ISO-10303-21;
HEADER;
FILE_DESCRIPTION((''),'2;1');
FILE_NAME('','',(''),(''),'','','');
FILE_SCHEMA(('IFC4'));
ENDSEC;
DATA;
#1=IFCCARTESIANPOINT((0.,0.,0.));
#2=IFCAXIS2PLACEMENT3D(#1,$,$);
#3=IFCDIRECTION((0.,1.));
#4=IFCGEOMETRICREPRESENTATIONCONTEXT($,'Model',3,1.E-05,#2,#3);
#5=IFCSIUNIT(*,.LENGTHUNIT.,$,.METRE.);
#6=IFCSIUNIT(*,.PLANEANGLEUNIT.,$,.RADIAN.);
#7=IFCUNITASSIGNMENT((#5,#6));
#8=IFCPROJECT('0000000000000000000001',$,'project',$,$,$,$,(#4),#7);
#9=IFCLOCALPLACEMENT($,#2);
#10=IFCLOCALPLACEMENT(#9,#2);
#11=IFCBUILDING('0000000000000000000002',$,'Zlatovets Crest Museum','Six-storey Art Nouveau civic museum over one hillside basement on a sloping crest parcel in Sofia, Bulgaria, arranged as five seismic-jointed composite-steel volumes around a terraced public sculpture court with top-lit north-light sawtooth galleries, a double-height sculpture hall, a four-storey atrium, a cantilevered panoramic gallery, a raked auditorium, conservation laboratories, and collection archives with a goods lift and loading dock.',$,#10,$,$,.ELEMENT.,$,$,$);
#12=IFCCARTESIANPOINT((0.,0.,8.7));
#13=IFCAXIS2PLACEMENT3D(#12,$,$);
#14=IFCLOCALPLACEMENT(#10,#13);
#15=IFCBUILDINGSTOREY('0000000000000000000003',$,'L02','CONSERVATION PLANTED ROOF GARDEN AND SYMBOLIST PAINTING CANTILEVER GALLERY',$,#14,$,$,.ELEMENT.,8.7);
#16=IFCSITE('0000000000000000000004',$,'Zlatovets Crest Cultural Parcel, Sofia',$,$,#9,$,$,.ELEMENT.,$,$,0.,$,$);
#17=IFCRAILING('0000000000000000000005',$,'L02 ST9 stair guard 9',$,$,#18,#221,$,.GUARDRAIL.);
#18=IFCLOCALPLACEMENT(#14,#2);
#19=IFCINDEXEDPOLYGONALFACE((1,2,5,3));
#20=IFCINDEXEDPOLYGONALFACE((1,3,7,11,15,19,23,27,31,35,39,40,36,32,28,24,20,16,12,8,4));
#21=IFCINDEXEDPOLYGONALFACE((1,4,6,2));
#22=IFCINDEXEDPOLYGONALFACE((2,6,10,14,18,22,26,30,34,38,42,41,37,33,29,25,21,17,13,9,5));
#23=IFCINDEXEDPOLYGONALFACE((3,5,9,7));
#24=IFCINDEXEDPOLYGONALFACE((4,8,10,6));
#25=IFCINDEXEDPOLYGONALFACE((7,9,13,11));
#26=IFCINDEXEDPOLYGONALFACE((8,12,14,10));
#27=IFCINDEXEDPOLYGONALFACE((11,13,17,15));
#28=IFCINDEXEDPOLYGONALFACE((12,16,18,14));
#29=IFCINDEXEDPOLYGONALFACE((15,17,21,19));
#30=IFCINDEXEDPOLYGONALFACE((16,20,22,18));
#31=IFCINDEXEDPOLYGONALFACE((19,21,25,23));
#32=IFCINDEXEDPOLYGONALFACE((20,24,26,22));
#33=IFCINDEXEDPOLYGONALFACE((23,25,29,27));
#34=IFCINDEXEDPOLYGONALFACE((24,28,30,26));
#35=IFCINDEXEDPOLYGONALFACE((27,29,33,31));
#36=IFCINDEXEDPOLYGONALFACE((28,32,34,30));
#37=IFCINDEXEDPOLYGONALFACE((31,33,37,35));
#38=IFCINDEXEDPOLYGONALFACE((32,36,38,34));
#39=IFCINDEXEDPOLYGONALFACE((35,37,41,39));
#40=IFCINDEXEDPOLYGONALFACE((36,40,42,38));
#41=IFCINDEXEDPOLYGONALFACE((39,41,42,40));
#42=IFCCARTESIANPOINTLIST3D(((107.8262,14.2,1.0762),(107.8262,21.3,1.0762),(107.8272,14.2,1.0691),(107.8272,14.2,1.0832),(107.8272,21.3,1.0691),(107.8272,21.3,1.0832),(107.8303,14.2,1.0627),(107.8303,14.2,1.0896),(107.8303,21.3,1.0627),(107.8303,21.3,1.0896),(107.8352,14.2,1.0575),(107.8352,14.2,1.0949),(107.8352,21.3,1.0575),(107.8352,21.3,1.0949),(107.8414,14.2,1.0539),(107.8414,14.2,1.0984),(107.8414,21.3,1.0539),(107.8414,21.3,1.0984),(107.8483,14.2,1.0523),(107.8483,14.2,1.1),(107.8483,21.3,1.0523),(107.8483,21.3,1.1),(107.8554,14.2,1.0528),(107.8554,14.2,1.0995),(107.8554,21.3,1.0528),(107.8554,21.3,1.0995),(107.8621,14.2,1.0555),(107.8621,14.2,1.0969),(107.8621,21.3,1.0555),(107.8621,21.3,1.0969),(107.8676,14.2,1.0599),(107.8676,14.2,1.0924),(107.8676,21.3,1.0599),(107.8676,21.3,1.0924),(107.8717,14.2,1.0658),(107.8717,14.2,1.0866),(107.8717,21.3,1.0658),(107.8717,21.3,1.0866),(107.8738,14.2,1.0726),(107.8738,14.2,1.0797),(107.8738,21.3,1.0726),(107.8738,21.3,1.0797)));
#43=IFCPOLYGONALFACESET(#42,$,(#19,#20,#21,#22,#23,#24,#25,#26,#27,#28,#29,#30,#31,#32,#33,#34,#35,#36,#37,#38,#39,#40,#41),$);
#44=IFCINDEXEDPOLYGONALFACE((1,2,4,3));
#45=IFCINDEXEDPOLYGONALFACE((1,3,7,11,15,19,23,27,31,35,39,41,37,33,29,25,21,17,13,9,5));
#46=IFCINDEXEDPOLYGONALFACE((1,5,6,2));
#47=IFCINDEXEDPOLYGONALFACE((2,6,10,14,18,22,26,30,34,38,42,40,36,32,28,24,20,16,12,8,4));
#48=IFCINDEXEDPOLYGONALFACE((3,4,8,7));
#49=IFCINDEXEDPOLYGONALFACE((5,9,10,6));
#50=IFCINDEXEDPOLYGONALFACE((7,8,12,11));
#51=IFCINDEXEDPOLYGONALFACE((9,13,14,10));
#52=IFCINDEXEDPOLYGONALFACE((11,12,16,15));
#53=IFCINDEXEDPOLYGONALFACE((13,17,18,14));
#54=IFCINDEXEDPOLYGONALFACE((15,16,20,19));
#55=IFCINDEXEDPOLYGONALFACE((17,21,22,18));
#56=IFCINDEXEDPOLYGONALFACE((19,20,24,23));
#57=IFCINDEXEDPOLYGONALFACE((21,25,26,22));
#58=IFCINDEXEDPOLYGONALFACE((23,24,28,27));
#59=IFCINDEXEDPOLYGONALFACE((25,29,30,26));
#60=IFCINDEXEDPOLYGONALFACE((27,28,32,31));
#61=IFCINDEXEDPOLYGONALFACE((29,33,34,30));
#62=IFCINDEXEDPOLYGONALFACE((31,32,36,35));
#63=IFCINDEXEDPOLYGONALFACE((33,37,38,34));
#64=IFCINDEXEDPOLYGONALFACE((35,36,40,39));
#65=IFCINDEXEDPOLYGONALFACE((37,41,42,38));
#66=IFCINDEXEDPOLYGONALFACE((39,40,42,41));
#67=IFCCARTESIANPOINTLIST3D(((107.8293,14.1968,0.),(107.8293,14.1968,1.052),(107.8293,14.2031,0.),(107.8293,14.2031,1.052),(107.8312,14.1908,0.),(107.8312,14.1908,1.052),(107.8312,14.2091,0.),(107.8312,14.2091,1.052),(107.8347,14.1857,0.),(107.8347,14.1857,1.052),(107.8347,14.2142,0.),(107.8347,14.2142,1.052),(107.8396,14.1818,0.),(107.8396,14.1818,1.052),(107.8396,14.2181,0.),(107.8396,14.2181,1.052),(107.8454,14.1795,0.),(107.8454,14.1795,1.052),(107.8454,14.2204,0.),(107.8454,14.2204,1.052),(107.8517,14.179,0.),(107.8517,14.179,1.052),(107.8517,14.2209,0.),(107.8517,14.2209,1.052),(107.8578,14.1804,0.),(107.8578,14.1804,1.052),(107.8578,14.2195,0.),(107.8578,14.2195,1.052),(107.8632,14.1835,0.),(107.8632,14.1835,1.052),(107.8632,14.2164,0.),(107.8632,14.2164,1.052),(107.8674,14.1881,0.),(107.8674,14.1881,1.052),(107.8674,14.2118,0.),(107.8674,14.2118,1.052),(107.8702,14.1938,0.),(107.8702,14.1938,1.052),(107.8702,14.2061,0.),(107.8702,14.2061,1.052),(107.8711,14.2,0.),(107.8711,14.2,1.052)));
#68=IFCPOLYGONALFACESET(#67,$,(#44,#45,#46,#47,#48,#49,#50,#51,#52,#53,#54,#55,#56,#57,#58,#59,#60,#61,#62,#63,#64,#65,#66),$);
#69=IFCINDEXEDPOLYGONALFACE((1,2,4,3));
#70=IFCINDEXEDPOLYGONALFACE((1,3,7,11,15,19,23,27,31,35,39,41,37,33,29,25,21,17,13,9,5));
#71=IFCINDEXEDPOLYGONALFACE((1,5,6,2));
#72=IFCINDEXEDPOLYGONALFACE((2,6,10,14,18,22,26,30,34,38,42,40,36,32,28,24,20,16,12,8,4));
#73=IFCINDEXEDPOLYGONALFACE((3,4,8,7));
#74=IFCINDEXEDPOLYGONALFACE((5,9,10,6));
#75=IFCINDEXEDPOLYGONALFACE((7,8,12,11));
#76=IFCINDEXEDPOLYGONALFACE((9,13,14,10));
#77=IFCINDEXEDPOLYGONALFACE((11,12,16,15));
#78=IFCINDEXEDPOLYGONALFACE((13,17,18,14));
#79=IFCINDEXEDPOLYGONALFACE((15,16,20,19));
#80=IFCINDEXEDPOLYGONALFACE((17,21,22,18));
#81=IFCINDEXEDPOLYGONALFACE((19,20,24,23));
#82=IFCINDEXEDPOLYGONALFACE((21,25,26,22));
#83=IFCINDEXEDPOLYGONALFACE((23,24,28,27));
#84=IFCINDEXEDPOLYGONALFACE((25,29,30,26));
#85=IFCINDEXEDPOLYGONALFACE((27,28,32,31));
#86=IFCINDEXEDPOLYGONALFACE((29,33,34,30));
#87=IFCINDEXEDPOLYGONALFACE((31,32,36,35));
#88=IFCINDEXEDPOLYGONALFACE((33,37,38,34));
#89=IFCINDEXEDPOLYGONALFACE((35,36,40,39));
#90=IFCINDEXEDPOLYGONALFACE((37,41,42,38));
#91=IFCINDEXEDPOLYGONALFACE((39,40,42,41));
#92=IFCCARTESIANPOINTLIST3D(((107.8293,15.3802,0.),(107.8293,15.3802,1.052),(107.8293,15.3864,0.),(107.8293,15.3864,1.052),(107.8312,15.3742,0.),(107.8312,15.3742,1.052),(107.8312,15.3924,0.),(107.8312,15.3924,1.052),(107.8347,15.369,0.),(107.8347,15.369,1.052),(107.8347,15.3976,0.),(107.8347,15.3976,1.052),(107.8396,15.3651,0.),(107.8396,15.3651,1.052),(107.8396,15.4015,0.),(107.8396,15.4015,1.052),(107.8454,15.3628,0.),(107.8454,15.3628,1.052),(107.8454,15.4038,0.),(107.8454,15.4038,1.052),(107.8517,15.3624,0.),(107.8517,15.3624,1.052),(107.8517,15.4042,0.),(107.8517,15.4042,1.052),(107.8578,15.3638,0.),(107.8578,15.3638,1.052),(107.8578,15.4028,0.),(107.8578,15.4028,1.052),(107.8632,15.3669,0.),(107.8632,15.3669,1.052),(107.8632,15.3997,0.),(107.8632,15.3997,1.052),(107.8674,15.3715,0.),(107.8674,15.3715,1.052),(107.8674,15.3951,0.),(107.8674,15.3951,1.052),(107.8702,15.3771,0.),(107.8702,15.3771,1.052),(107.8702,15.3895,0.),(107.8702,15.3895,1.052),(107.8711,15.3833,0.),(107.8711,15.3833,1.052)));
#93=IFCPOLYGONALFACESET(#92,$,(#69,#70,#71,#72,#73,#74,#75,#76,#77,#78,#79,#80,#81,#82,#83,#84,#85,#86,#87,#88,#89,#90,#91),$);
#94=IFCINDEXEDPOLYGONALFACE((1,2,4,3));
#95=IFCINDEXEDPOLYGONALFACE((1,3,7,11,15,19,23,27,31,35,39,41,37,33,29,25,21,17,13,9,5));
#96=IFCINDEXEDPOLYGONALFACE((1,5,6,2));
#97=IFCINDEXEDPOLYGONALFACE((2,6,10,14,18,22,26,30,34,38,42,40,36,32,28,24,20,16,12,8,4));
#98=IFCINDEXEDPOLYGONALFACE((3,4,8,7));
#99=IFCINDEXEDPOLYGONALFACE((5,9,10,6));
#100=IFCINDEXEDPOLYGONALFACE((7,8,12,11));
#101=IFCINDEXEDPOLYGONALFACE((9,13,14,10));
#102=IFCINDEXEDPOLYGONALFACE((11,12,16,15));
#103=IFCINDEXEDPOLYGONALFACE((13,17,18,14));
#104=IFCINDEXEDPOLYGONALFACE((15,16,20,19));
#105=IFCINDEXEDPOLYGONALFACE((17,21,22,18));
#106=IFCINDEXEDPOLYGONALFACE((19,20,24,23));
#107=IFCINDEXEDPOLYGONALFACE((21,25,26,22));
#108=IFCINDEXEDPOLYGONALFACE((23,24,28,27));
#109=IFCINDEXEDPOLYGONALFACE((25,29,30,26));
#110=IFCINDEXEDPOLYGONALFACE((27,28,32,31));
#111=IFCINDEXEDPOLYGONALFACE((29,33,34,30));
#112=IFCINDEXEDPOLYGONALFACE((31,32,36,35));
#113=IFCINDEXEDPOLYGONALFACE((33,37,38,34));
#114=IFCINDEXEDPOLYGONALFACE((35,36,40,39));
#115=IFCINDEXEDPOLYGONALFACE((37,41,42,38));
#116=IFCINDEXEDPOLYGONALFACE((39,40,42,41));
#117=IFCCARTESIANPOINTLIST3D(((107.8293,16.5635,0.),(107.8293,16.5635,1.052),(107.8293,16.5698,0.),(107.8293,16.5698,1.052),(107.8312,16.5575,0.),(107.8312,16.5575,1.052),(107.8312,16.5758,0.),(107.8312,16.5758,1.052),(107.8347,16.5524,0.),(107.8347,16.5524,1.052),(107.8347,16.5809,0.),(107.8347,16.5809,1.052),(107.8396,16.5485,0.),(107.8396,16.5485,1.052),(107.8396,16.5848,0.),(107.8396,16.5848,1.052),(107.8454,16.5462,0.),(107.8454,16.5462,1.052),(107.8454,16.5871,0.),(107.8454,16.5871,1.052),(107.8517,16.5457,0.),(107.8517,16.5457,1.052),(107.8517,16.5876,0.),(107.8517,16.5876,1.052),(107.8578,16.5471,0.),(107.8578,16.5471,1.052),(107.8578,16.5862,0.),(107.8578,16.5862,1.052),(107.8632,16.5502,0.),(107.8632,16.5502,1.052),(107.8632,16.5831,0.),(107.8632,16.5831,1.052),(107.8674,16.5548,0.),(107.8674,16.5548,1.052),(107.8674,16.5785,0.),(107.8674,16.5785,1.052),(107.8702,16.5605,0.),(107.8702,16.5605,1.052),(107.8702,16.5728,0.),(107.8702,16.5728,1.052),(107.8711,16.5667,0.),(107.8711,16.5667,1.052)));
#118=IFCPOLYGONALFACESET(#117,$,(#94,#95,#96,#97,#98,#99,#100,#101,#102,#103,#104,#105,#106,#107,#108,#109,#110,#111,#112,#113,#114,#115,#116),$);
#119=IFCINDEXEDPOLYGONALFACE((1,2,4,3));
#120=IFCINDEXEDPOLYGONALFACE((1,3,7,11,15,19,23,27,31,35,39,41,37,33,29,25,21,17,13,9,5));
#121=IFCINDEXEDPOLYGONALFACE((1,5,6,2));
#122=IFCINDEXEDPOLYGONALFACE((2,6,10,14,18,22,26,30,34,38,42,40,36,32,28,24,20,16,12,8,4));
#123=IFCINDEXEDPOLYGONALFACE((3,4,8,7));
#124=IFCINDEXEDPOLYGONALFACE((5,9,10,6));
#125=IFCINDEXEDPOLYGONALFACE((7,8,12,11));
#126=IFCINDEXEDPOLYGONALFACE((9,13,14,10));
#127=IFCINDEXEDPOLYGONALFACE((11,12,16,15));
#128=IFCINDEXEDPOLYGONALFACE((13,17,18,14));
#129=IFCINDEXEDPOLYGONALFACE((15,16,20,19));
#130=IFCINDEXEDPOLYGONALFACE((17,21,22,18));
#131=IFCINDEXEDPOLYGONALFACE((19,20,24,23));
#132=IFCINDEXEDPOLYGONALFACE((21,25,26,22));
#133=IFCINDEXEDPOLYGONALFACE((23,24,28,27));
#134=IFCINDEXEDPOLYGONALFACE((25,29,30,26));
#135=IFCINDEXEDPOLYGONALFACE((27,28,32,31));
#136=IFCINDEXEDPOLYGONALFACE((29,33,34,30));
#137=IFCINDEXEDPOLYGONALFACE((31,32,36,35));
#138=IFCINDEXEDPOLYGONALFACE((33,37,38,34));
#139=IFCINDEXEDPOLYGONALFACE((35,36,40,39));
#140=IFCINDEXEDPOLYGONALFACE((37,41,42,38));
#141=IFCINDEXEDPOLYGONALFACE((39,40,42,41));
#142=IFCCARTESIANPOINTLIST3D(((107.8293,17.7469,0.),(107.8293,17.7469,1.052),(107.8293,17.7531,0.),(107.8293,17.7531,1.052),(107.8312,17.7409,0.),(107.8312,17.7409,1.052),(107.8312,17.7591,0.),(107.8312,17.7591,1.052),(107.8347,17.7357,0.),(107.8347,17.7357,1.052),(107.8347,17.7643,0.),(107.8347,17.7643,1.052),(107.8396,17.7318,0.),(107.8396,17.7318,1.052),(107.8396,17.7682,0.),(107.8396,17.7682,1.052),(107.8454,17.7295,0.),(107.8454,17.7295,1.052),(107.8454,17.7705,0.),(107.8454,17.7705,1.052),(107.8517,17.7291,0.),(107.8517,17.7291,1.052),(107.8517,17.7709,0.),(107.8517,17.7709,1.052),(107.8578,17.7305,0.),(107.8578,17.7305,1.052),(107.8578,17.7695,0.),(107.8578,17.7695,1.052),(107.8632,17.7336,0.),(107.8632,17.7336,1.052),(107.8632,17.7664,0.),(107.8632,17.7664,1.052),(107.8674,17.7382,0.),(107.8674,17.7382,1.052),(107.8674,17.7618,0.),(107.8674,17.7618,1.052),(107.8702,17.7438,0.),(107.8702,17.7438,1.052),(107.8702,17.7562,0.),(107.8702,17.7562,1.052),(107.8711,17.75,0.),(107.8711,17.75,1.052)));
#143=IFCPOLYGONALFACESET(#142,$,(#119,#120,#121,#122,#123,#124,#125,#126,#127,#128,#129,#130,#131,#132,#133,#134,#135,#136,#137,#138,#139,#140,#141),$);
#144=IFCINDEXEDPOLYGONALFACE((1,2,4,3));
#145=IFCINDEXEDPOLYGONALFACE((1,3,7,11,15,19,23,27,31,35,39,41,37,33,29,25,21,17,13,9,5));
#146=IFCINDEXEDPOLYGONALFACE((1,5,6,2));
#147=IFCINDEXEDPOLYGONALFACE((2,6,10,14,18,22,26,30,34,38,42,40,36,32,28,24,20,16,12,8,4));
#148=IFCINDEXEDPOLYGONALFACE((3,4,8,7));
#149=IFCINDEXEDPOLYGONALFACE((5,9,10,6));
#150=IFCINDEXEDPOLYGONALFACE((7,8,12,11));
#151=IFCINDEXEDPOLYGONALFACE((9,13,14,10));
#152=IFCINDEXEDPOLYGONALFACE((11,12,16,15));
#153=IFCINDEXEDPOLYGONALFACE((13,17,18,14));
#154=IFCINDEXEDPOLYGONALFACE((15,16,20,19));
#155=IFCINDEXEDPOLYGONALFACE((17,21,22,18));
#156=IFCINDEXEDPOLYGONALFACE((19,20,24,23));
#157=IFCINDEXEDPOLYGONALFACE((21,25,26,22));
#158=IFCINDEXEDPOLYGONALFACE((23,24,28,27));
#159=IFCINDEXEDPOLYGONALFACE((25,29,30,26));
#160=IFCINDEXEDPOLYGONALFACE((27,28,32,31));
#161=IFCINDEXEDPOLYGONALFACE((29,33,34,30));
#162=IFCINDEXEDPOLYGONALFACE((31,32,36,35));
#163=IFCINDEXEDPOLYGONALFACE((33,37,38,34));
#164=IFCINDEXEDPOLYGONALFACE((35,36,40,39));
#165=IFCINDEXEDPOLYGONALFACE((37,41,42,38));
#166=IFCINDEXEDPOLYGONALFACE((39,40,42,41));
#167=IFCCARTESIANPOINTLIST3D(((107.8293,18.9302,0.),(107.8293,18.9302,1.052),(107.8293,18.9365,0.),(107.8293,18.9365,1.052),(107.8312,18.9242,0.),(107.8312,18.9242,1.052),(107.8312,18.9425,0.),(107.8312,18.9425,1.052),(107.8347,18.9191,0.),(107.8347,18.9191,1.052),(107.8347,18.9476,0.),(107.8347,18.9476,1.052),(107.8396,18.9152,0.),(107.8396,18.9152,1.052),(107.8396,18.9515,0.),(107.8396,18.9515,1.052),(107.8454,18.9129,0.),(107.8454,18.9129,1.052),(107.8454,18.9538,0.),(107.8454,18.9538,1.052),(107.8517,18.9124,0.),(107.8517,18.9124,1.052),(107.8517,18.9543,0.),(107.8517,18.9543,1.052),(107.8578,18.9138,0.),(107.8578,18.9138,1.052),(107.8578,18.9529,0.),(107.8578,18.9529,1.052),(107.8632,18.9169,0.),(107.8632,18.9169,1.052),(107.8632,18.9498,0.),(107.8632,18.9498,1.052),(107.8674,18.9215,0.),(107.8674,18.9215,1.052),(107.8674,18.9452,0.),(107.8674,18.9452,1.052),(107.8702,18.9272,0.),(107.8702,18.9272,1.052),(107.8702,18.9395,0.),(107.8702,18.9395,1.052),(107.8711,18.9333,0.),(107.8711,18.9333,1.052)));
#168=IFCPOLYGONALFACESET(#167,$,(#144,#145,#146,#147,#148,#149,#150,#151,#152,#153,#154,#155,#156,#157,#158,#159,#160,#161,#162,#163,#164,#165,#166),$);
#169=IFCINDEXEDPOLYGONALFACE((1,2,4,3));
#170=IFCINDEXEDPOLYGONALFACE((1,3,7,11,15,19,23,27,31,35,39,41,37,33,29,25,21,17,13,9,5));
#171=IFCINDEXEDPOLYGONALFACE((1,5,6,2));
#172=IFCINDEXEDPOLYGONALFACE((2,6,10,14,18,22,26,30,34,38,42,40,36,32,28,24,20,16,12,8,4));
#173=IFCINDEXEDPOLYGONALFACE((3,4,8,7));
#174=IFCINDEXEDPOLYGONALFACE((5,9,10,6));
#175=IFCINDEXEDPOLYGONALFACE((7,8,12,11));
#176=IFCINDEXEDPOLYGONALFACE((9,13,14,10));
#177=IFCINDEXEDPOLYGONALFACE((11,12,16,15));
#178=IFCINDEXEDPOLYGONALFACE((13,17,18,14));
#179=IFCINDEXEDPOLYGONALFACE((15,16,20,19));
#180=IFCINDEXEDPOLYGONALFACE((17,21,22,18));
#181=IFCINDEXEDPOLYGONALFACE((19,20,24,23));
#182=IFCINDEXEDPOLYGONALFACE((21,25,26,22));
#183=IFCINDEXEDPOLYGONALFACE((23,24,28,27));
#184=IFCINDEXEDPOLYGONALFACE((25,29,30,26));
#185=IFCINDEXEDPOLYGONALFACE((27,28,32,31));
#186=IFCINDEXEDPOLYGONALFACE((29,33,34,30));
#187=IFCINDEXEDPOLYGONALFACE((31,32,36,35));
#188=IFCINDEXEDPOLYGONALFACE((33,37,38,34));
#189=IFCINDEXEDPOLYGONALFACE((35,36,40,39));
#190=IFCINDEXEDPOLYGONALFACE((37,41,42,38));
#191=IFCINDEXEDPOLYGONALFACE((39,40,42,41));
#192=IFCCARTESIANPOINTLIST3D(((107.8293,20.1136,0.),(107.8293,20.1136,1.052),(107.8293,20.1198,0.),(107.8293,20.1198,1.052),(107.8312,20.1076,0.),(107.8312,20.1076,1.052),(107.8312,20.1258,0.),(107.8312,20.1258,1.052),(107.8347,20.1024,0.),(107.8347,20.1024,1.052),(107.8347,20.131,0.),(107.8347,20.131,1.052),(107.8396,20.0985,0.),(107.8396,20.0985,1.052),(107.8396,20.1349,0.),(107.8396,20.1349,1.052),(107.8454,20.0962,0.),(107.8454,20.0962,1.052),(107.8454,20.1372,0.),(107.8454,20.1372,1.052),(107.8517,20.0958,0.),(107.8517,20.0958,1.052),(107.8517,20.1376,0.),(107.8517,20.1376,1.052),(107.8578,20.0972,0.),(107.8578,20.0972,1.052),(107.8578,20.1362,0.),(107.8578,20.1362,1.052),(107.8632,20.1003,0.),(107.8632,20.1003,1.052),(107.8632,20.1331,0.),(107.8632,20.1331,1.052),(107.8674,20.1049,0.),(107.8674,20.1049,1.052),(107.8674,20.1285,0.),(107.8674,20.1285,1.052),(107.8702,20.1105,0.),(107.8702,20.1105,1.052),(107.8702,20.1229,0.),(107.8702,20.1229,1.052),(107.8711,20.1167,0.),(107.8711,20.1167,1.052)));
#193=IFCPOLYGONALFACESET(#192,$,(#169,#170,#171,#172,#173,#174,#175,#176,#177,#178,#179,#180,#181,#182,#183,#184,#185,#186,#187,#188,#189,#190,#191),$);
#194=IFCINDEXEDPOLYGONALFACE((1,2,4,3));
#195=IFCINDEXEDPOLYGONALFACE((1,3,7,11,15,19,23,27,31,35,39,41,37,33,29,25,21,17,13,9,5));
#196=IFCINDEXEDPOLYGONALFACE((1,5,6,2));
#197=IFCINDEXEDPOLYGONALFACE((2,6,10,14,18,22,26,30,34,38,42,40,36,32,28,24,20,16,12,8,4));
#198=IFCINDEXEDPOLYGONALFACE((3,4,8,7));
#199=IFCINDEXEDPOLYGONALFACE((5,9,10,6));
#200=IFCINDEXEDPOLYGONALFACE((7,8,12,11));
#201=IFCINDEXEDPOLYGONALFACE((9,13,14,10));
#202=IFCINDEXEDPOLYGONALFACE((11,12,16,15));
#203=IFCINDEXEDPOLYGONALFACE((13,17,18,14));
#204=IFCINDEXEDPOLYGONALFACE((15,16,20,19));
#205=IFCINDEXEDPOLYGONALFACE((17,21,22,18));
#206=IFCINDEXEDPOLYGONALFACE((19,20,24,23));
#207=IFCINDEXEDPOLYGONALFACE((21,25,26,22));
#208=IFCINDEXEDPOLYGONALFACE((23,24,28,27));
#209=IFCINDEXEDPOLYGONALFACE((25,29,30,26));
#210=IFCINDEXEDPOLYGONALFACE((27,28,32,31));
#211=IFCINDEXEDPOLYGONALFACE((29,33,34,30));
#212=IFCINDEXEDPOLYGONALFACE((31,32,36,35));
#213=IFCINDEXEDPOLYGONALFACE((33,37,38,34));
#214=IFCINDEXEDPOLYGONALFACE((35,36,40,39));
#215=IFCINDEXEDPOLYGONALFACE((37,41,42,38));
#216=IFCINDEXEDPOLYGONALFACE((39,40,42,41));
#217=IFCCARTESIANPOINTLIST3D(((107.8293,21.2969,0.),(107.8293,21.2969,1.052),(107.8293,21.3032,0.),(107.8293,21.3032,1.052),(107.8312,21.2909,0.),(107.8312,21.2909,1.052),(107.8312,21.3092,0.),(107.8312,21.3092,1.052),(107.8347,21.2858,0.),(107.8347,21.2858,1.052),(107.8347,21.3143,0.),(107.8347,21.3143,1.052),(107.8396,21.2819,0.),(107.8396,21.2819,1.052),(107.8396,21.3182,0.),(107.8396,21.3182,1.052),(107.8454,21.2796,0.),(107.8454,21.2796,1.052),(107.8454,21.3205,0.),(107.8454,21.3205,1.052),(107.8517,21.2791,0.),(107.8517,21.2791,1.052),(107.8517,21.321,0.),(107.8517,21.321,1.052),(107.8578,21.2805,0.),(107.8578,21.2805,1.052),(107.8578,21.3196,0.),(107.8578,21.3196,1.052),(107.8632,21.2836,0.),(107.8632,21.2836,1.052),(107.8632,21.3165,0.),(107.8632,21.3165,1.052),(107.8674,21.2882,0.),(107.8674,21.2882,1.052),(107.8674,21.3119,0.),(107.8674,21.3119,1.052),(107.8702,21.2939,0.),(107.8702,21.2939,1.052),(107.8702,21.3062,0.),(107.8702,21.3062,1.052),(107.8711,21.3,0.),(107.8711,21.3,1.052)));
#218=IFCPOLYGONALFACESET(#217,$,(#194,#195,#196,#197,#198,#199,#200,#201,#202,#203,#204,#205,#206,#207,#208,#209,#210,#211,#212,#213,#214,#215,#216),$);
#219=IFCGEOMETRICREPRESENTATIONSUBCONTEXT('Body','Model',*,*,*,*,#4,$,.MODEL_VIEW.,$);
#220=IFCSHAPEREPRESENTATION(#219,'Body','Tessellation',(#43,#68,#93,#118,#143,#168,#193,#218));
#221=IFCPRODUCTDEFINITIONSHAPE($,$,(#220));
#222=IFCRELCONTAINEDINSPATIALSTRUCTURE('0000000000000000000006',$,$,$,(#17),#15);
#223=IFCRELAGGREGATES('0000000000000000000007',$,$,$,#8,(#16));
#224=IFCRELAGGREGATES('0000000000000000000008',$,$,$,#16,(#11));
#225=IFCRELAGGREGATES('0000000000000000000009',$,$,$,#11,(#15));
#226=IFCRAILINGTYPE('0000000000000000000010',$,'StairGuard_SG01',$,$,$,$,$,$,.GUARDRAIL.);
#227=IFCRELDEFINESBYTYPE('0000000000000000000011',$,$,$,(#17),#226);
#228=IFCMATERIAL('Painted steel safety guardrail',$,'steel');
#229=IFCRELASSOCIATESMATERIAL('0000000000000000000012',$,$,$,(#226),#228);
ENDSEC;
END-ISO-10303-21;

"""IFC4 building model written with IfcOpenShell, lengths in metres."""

from ifc_helpers import new_model, si_unit, direction, frame, origin, origin_2d, place, context, subcontext, project, spatial, circle, extrude, material, type_object, element, save


model = new_model("IFC4")

# Units and contexts
model_context = context("Model", 3, precision=1e-05, world=origin(), true_north=direction((0.0, 1.0)))
body_context = subcontext(model_context, "Body", "Model", "MODEL_VIEW")
ifc_project = project(units=[si_unit("LENGTHUNIT", "METRE"), si_unit("PLANEANGLEUNIT", "RADIAN")], contexts=[model_context])

# Site, building, storey
site_placement = place(None, origin())
site = spatial("IfcSite", under=ifc_project, at=site_placement, Name="Zlatovets Crest Cultural Parcel, Sofia", CompositionType="ELEMENT", RefElevation=0.0)
building_placement = place(site_placement, origin())
building = spatial("IfcBuilding", under=site, at=building_placement, Name="Zlatovets Crest Museum", Description="Six-storey Art Nouveau civic museum over one hillside basement on a sloping crest parcel in Sofia, Bulgaria, arranged as five seismic-jointed composite-steel volumes around a terraced public sculpture court with top-lit north-light sawtooth galleries, a double-height sculpture hall, a four-storey atrium, a cantilevered panoramic gallery, a raked auditorium, conservation laboratories, and collection archives with a goods lift and loading dock.", CompositionType="ELEMENT")
storey_placement = place(building_placement, frame((0.0, 0.0, 8.7)))
storey = spatial("IfcBuildingStorey", under=building, at=storey_placement, Name="L02", Description="CONSERVATION PLANTED ROOF GARDEN AND SYMBOLIST PAINTING CANTILEVER GALLERY", CompositionType="ELEMENT", Elevation=8.7)

# Railing
ifc_material_1 = material(Name="Painted steel safety guardrail", Category="steel")
railing_type_1 = type_object("IfcRailingType", Name="StairGuard_SG01", PredefinedType="GUARDRAIL", material=ifc_material_1)
for number, where, name in (
    (1, (107.8501, 14.2, 0.0), "L02 ST9 stair guard 9"),
):
    element("IfcRailing", number, at=place(storey_placement, frame(where)), inside=storey, type_object=railing_type_1, Name=name, PredefinedType="GUARDRAIL", context=body_context, shape_type="SweptSolid", body=[
        extrude(circle(Radius=0.0239, at=origin_2d()), frame((0.0, 0.0, 1.0762), z_axis=(0.0, 1.0, 0.0), x_axis=(-1.0, 0.0, 0.0)), (0.0, 0.0, 1.0), 7.1001),
        extrude(circle(Radius=0.021, at=origin_2d()), origin(), (0.0, 0.0, 1.0), 1.052),
        extrude(circle(Radius=0.021, at=origin_2d()), frame((0.0, 1.1833, 0.0)), (0.0, 0.0, 1.0), 1.052),
        extrude(circle(Radius=0.021, at=origin_2d()), frame((0.0, 2.3667, 0.0)), (0.0, 0.0, 1.0), 1.052),
        extrude(circle(Radius=0.021, at=origin_2d()), frame((0.0, 3.55, 0.0)), (0.0, 0.0, 1.0), 1.052),
        extrude(circle(Radius=0.021, at=origin_2d()), frame((0.0, 4.7334, 0.0)), (0.0, 0.0, 1.0), 1.052),
        extrude(circle(Radius=0.021, at=origin_2d()), frame((0.0, 5.9167, 0.0)), (0.0, 0.0, 1.0), 1.052),
        extrude(circle(Radius=0.021, at=origin_2d()), frame((0.0, 7.1001, 0.0)), (0.0, 0.0, 1.0), 1.052),
    ])

save(model, "model.ifc")
